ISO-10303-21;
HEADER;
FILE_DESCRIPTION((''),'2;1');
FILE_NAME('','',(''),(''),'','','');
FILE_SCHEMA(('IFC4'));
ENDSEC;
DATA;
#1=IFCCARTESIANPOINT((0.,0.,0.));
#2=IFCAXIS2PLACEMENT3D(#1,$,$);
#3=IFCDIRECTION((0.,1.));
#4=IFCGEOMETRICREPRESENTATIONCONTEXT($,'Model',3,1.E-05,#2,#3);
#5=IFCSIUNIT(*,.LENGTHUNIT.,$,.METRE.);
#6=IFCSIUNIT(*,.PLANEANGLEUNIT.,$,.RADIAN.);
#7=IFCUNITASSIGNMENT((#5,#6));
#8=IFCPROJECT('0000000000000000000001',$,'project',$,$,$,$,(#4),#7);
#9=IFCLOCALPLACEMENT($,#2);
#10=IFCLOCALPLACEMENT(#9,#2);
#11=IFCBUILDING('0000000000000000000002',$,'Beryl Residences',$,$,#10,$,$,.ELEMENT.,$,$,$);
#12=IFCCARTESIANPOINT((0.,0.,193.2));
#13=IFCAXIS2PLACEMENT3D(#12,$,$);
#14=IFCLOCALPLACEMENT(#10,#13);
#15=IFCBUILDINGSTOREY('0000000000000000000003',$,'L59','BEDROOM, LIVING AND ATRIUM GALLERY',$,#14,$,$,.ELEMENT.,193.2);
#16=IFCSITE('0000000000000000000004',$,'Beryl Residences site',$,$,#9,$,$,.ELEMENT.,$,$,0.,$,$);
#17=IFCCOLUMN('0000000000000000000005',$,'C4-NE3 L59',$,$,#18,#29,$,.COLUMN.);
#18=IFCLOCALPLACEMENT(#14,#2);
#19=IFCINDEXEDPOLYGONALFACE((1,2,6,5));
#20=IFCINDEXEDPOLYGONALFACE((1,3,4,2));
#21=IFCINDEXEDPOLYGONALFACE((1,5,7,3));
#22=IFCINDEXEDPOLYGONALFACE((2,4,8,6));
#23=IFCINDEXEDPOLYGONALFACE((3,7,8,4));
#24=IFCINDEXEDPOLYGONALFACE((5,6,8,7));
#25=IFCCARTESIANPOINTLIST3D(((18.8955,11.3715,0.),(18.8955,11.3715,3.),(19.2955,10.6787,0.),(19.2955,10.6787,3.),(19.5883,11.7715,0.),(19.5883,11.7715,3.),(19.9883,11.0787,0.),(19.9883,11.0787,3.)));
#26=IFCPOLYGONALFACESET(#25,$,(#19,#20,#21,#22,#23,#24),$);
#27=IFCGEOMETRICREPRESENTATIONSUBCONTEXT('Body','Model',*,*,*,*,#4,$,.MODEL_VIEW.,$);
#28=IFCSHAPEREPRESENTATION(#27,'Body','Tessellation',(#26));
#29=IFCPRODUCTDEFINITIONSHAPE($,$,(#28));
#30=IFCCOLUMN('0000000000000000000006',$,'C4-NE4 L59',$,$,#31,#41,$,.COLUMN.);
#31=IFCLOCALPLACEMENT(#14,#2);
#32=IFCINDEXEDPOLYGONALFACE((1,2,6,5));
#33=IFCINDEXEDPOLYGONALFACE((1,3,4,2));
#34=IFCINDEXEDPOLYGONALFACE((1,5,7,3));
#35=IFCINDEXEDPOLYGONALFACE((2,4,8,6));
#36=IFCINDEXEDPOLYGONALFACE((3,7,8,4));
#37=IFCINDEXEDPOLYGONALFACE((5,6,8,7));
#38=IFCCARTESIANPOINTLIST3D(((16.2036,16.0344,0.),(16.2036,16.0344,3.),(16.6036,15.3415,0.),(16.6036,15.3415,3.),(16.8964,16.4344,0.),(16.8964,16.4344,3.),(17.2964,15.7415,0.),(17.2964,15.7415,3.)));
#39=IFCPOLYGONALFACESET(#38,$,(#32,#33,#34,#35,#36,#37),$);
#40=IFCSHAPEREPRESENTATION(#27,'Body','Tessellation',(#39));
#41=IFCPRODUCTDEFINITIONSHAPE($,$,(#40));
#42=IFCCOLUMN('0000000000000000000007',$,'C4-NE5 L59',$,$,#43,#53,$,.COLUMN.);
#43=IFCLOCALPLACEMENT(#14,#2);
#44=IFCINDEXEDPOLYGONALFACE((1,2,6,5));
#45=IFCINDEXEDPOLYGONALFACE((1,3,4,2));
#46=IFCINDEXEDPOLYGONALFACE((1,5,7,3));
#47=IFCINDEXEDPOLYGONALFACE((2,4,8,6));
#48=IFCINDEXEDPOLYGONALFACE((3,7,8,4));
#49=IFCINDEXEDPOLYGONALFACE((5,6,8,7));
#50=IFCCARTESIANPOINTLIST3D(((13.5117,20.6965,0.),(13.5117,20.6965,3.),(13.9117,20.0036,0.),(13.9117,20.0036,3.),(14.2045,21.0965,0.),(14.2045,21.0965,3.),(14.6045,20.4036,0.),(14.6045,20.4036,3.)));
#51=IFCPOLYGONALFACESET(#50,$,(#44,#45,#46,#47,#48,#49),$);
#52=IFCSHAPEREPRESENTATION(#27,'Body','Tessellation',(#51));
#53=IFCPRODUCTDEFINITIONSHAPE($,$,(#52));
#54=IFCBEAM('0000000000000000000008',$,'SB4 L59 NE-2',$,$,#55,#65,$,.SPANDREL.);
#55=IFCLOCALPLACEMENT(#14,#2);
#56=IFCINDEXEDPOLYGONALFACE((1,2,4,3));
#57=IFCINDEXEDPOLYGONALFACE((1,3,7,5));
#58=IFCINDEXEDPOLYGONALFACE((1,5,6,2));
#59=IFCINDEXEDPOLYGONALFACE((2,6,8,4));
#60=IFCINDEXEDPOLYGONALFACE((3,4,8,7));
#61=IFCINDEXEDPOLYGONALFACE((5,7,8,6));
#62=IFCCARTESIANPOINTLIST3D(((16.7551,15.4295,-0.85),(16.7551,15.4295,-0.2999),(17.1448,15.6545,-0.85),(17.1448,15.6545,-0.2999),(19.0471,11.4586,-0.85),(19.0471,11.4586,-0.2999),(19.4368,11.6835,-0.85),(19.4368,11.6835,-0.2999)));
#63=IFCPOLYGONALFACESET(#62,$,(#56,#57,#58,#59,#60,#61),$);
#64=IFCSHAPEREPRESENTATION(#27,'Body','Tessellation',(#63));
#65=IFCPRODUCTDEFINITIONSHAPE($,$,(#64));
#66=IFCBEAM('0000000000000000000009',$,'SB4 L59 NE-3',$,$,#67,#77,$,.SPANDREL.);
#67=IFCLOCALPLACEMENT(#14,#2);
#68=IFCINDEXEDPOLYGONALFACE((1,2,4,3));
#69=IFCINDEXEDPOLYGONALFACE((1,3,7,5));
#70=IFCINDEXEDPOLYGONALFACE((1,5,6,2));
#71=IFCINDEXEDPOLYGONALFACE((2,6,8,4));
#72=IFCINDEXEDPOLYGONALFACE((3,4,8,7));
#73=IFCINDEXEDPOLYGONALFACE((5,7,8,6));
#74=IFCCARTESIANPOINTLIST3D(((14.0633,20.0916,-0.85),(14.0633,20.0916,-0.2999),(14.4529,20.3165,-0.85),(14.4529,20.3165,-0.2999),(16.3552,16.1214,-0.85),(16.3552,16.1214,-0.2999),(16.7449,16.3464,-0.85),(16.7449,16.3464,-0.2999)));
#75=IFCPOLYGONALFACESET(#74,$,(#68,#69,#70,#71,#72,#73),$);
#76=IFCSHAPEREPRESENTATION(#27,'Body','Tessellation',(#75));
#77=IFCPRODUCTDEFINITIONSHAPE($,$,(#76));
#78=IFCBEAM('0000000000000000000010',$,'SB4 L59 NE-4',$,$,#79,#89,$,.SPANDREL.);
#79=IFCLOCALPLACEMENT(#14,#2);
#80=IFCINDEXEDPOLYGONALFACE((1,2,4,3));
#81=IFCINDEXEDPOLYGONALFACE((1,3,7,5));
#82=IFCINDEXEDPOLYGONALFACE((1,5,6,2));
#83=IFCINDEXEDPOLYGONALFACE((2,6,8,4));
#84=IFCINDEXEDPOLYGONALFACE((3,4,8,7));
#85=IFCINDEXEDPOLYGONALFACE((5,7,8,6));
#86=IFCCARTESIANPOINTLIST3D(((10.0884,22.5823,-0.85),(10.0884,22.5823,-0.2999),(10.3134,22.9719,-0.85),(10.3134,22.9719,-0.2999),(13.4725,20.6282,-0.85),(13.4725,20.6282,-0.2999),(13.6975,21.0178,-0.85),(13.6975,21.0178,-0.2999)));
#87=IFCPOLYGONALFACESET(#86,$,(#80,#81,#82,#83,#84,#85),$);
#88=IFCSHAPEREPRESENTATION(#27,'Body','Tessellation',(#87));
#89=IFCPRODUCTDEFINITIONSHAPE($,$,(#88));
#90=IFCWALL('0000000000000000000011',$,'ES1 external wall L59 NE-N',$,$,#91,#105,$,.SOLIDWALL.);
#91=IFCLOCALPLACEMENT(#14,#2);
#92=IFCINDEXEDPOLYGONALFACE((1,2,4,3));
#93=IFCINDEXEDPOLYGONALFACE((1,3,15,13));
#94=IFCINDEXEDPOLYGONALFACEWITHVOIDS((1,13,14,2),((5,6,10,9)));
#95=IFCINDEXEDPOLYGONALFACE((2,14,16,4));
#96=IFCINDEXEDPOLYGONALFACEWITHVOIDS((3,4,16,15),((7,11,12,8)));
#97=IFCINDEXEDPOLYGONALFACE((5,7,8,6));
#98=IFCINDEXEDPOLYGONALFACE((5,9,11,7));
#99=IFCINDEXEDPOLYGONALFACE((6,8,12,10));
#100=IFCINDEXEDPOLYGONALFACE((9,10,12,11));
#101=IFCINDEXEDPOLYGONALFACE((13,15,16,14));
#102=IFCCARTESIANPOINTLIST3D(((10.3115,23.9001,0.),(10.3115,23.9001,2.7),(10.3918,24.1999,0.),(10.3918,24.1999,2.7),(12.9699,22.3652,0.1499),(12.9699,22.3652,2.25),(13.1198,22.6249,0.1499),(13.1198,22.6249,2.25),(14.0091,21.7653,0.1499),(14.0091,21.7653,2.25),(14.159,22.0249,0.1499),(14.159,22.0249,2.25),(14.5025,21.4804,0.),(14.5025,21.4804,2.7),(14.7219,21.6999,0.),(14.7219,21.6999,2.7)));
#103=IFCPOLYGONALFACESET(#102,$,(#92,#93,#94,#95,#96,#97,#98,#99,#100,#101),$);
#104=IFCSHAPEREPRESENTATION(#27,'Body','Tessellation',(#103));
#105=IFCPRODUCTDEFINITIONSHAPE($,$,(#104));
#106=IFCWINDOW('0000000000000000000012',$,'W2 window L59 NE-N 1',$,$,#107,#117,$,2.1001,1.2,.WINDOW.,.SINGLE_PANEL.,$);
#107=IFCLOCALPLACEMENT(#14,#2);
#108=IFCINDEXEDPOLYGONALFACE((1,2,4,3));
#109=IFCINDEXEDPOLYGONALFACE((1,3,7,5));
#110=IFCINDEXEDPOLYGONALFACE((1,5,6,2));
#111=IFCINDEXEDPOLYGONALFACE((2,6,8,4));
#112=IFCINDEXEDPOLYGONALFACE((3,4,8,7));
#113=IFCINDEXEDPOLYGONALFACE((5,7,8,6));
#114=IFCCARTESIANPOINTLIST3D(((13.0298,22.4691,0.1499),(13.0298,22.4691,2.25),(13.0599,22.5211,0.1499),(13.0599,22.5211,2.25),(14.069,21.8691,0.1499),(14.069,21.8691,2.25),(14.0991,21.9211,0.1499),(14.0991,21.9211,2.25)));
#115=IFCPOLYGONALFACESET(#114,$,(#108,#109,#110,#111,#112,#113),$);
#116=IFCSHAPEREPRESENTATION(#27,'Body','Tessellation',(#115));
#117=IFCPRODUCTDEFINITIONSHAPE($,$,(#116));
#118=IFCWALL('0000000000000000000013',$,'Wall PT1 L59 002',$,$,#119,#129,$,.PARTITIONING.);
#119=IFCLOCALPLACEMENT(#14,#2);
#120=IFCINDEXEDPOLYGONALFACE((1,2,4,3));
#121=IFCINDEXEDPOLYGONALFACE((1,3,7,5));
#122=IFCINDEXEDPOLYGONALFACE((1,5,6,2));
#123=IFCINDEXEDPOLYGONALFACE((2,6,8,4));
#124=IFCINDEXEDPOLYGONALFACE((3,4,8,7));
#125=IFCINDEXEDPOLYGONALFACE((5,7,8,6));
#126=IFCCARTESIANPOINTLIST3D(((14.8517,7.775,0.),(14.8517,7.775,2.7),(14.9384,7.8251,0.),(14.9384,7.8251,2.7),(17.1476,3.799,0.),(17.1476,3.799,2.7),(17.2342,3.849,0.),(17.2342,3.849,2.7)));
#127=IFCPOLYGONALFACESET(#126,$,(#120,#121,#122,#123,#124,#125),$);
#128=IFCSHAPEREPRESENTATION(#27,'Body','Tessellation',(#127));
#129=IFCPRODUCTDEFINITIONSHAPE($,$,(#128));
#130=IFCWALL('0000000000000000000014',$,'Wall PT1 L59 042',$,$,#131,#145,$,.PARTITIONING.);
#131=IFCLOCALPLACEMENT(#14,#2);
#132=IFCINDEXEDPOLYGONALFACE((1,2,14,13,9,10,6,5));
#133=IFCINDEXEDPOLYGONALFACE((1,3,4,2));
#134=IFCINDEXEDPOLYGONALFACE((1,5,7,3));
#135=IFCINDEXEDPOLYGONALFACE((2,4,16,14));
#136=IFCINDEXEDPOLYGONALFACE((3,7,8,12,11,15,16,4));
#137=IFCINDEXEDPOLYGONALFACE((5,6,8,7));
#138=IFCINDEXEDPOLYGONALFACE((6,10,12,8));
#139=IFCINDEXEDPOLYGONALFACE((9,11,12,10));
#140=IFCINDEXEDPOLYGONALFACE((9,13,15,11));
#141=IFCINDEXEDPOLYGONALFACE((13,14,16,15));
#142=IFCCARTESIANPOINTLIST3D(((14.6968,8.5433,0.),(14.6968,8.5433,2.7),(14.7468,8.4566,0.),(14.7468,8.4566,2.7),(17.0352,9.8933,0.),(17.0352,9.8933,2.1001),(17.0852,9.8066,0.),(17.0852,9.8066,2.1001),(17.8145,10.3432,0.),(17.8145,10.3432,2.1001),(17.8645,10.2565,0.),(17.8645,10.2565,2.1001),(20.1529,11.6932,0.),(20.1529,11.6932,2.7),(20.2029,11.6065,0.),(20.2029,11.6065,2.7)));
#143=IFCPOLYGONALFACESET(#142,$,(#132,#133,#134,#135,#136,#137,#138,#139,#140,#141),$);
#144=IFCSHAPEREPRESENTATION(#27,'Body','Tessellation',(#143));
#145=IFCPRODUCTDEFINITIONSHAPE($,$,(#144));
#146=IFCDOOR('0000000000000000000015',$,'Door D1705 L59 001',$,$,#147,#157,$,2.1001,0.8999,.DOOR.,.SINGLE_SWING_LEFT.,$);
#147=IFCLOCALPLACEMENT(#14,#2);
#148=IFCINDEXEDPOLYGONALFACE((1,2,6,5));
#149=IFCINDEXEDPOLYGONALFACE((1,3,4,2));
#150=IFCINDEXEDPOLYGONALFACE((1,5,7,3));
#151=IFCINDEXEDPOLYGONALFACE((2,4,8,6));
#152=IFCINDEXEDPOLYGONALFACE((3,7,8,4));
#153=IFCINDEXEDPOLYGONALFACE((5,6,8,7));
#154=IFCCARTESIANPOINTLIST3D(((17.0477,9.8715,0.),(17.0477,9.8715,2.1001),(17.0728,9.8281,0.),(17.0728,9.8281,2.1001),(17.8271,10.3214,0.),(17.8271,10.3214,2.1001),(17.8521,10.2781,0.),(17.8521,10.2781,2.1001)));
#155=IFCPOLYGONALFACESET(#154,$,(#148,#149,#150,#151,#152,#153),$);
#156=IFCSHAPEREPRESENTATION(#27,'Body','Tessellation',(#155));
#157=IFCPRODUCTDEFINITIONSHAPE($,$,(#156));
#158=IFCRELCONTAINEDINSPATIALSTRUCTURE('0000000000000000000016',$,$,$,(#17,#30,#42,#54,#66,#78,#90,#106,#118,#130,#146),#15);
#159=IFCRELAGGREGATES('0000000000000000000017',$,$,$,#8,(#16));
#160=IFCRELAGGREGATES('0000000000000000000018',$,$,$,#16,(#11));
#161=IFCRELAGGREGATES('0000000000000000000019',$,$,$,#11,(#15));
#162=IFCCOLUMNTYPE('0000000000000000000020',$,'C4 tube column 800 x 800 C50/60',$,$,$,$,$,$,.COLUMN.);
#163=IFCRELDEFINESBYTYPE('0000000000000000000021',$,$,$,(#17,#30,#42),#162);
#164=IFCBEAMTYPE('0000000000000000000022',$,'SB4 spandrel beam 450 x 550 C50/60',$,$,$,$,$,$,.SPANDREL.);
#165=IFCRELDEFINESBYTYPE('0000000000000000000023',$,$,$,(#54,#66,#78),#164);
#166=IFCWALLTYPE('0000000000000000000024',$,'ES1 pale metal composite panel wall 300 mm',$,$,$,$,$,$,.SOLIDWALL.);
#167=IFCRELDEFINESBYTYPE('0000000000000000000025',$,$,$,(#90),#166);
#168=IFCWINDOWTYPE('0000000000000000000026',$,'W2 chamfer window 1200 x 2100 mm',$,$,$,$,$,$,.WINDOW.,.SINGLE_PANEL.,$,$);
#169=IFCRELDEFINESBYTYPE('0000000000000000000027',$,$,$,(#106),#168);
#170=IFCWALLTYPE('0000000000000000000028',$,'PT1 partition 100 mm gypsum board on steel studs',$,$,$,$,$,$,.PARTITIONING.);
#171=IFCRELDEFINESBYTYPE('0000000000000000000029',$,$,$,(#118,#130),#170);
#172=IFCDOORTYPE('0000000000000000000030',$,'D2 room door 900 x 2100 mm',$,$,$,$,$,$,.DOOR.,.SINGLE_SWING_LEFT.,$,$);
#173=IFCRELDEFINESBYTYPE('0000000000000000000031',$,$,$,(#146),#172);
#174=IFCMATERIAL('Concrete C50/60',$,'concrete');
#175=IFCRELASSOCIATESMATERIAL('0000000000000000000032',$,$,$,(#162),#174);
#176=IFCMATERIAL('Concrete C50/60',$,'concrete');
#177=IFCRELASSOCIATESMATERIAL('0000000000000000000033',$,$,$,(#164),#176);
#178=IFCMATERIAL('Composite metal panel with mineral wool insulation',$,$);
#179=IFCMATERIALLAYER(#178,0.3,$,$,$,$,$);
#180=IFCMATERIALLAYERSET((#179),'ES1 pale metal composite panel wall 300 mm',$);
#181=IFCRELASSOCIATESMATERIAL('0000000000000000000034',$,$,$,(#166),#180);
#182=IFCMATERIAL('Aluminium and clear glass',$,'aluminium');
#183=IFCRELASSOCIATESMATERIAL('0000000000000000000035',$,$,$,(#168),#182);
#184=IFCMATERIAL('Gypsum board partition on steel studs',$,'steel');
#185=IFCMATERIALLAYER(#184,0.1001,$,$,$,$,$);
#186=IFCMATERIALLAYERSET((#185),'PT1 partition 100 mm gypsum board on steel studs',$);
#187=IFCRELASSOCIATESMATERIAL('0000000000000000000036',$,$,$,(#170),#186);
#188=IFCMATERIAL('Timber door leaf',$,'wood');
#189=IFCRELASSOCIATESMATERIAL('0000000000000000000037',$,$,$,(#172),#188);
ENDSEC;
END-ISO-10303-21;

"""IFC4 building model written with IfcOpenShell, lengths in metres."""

from ifc_helpers import new_model, si_unit, direction, frame, frame_2d, origin, origin_2d, place, context, subcontext, project, spatial, polyline, rectangle, outline, extrude, material, layer, layer_set, material_profile, profile_set, type_object, element, fill, save


model = new_model("IFC4")

# Units and contexts
model_context = context("Model", 3, precision=1e-05, world=origin(), true_north=direction((0.0, 1.0)))
body_context = subcontext(model_context, "Body", "Model", "MODEL_VIEW")
ifc_project = project(units=[si_unit("LENGTHUNIT", "METRE"), si_unit("PLANEANGLEUNIT", "RADIAN")], contexts=[model_context])

# Site, building, storey
site_placement = place(None, origin())
site = spatial("IfcSite", under=ifc_project, at=site_placement, Name="Beryl Residences site", CompositionType="ELEMENT", RefElevation=0.0)
building_placement = place(site_placement, origin())
building = spatial("IfcBuilding", under=site, at=building_placement, Name="Beryl Residences", CompositionType="ELEMENT")
storey_placement = place(building_placement, frame((0.0, 0.0, 193.2)))
storey = spatial("IfcBuildingStorey", under=building, at=storey_placement, Name="L59", Description="BEDROOM, LIVING AND ATRIUM GALLERY", CompositionType="ELEMENT", Elevation=193.2)

# Columns
ifc_material_1 = material(Name="Concrete C50/60", Category="concrete")
ifc_material_profile_1 = material_profile(ifc_material_1, rectangle(XDim=0.8, YDim=0.8, at=origin_2d()))
ifc_profile_set_1 = profile_set([ifc_material_profile_1], Name="Concrete C50/60")
column_type = type_object("IfcColumnType", Name="C4 tube column 800 x 800 C50/60", PredefinedType="COLUMN", material=ifc_profile_set_1)
for number, where, z_axis, x_axis, name in (
    (1, (19.4419, 11.2251, 0.0), (0.0, 0.0, 1.0), (-0.5, 0.866025, 0.0), "C4-NE3 L59"),
    (2, (16.75, 15.8879, 0.0), (0.0, 0.0, 1.0), (-0.5, 0.866025, 0.0), "C4-NE4 L59"),
    (3, (14.0581, 20.55, 0.0), (0.0, 0.0, 1.0), (-0.5, 0.866025, 0.0), "C4-NE5 L59"),
):
    element("IfcColumn", number, at=place(storey_placement, frame(where, z_axis=z_axis, x_axis=x_axis)), inside=storey, type_object=column_type, Name=name, PredefinedType="COLUMN", context=body_context, shape_type="SweptSolid", body=[
        extrude(rectangle(XDim=0.8, YDim=0.8, at=origin_2d()), origin(), (0.0, 0.0, 1.0), 3.0),
    ])

# Beams
ifc_material_2 = material(Name="Concrete C50/60", Category="concrete")
ifc_material_profile_2 = material_profile(ifc_material_2, rectangle(XDim=0.45, YDim=0.55, at=origin_2d()))
ifc_profile_set_2 = profile_set([ifc_material_profile_2], Name="Concrete C50/60")
beam_type = type_object("IfcBeamType", Name="SB4 spandrel beam 450 x 550 C50/60", PredefinedType="SPANDREL", material=ifc_profile_set_2)
beam_1_placement = place(storey_placement, frame((19.2419, 11.571, -0.575), z_axis=(-0.499896, 0.866085, 0.0), x_axis=(-0.866085, -0.499896, 0.0)))
element("IfcBeam", 4, at=beam_1_placement, inside=storey, type_object=beam_type, Name="SB4 L59 NE-2", PredefinedType="SPANDREL", context=body_context, shape_type="SweptSolid", body=[
    extrude(rectangle(XDim=0.45, YDim=0.55, at=origin_2d()), origin(), (0.0, 0.0, 1.0), 4.585),
])
beam_2_placement = place(storey_placement, frame((16.55, 16.2339, -0.575), z_axis=(-0.499965, 0.866045, 0.0), x_axis=(-0.866045, -0.499965, 0.0)))
element("IfcBeam", 5, at=beam_2_placement, inside=storey, type_object=beam_type, Name="SB4 L59 NE-3", PredefinedType="SPANDREL", context=body_context, shape_type="SweptSolid", body=[
    extrude(rectangle(XDim=0.45, YDim=0.55, at=origin_2d()), origin(), (0.0, 0.0, 1.0), 4.5842),
])
beam_3_placement = place(storey_placement, frame((13.585, 20.823, -0.575), z_axis=(-0.865989, 0.500063, 0.0), x_axis=(-0.500063, -0.865989, 0.0)))
element("IfcBeam", 6, at=beam_3_placement, inside=storey, type_object=beam_type, Name="SB4 L59 NE-4", PredefinedType="SPANDREL", context=body_context, shape_type="SweptSolid", body=[
    extrude(rectangle(XDim=0.45, YDim=0.55, at=origin_2d()), origin(), (0.0, 0.0, 1.0), 3.9077),
])

# Wall, opening, window
ifc_material_3 = material(Name="Composite metal panel with mineral wool insulation")
ifc_layer_1 = layer(ifc_material_3, 0.3)
ifc_layer_set_1 = layer_set([ifc_layer_1], Name="ES1 pale metal composite panel wall 300 mm")
wall_type_1 = type_object("IfcWallType", Name="ES1 pale metal composite panel wall 300 mm", PredefinedType="SOLIDWALL", material=ifc_layer_set_1)
wall_1_placement = place(storey_placement, frame((14.647, 21.5701, 0.0), z_axis=(0.0, 0.0, 1.0), x_axis=(-0.866023, 0.500004, 0.0)))
wall_1 = element("IfcWall", 7, at=wall_1_placement, inside=storey, type_object=wall_type_1, Name="ES1 external wall L59 NE-N", PredefinedType="SOLIDWALL", context=body_context, shape_type="SweptSolid", body=[
    extrude(outline(polyline([(0.0, -0.1499), (5.0, -0.1499), (4.9197, 0.1499), (0.0803, 0.1499), (0.0, -0.1499)])), origin(), (0.0, 0.0, 1.0), 2.7),
])
opening_1_placement = place(wall_1_placement, frame((0.6499, 0.0, 0.1499)))
opening_1 = element("IfcOpeningElement", 8, at=opening_1_placement, cuts=wall_1, PredefinedType="OPENING", context=body_context, shape_type="SweptSolid", body=[
    extrude(rectangle(XDim=1.2, YDim=2.1001, at=frame_2d((0.6001, 1.05))), frame((0.0, 0.1599, 0.0), z_axis=(0.0, -1.0, 0.0), x_axis=(1.0, 0.0, 0.0)), (0.0, 0.0, 1.0), 0.3201),
])
ifc_material_4 = material(Name="Aluminium and clear glass", Category="aluminium")
window_type = type_object("IfcWindowType", Name="W2 chamfer window 1200 x 2100 mm", PartitioningType="SINGLE_PANEL", PredefinedType="WINDOW", material=ifc_material_4)
window_placement = place(opening_1_placement, origin())
window = element("IfcWindow", 9, at=window_placement, inside=storey, type_object=window_type, Name="W2 window L59 NE-N 1", OverallHeight=2.1001, OverallWidth=1.2, PartitioningType="SINGLE_PANEL", PredefinedType="WINDOW", context=body_context, shape_type="SweptSolid", body=[
    extrude(rectangle(XDim=1.2, YDim=2.1001, at=frame_2d((0.6001, 1.05))), frame((0.0, 0.03, 0.0), z_axis=(0.0, -1.0, 0.0), x_axis=(1.0, 0.0, 0.0)), (0.0, 0.0, 1.0), 0.0601),
])
fill(opening_1, window)

# Wall
ifc_material_5 = material(Name="Gypsum board partition on steel studs", Category="steel")
ifc_layer_2 = layer(ifc_material_5, 0.1001)
ifc_layer_set_2 = layer_set([ifc_layer_2], Name="PT1 partition 100 mm gypsum board on steel studs")
wall_type_2 = type_object("IfcWallType", Name="PT1 partition 100 mm gypsum board on steel studs", PredefinedType="PARTITIONING", material=ifc_layer_set_2)
wall_2_placement = place(storey_placement, frame((14.895, 7.8, 0.0), z_axis=(0.0, 0.0, 1.0), x_axis=(0.500051, -0.865996, 0.0)))
element("IfcWall", 10, at=wall_2_placement, inside=storey, type_object=wall_type_2, Name="Wall PT1 L59 002", PredefinedType="PARTITIONING", context=body_context, shape_type="SweptSolid", body=[
    extrude(rectangle(XDim=4.5913, YDim=0.1001, at=frame_2d((2.2957, 0.0))), origin(), (0.0, 0.0, 1.0), 2.7),
])

# Wall, opening, door
wall_3_placement = place(storey_placement, frame((14.7219, 8.5, 0.0), z_axis=(0.0, 0.0, 1.0), x_axis=(0.866036, 0.499982, 0.0)))
wall_3 = element("IfcWall", 11, at=wall_3_placement, inside=storey, type_object=wall_type_2, Name="Wall PT1 L59 042", PredefinedType="PARTITIONING", context=body_context, shape_type="SweptSolid", body=[
    extrude(rectangle(XDim=6.3, YDim=0.1001, at=frame_2d((3.1499, 0.0))), origin(), (0.0, 0.0, 1.0), 2.7),
])
opening_2_placement = place(wall_3_placement, frame((2.7, 0.0, 0.0)))
opening_2 = element("IfcOpeningElement", 12, at=opening_2_placement, cuts=wall_3, PredefinedType="OPENING", context=body_context, shape_type="SweptSolid", body=[
    extrude(rectangle(XDim=0.8999, YDim=2.1001, at=frame_2d((0.45, 1.05))), frame((0.0, 0.0601, 0.0), z_axis=(0.0, -1.0, 0.0), x_axis=(1.0, 0.0, 0.0)), (0.0, 0.0, 1.0), 0.1201),
])
ifc_material_6 = material(Name="Timber door leaf", Category="wood")
door_type_1 = type_object("IfcDoorType", Name="D2 room door 900 x 2100 mm", OperationType="SINGLE_SWING_LEFT", PredefinedType="DOOR", material=ifc_material_6)
door_1_placement = place(opening_2_placement, origin())
door_1 = element("IfcDoor", 13, at=door_1_placement, inside=storey, type_object=door_type_1, Name="Door D1705 L59 001", OperationType="SINGLE_SWING_LEFT", OverallHeight=2.1001, OverallWidth=0.8999, PredefinedType="DOOR", context=body_context, shape_type="SweptSolid", body=[
    extrude(rectangle(XDim=0.8999, YDim=2.1001, at=frame_2d((0.45, 1.05))), frame((0.0, 0.0249, 0.0), z_axis=(0.0, -1.0, 0.0), x_axis=(1.0, 0.0, 0.0)), (0.0, 0.0, 1.0), 0.05),
])
fill(opening_2, door_1)

save(model, "model.ifc")
